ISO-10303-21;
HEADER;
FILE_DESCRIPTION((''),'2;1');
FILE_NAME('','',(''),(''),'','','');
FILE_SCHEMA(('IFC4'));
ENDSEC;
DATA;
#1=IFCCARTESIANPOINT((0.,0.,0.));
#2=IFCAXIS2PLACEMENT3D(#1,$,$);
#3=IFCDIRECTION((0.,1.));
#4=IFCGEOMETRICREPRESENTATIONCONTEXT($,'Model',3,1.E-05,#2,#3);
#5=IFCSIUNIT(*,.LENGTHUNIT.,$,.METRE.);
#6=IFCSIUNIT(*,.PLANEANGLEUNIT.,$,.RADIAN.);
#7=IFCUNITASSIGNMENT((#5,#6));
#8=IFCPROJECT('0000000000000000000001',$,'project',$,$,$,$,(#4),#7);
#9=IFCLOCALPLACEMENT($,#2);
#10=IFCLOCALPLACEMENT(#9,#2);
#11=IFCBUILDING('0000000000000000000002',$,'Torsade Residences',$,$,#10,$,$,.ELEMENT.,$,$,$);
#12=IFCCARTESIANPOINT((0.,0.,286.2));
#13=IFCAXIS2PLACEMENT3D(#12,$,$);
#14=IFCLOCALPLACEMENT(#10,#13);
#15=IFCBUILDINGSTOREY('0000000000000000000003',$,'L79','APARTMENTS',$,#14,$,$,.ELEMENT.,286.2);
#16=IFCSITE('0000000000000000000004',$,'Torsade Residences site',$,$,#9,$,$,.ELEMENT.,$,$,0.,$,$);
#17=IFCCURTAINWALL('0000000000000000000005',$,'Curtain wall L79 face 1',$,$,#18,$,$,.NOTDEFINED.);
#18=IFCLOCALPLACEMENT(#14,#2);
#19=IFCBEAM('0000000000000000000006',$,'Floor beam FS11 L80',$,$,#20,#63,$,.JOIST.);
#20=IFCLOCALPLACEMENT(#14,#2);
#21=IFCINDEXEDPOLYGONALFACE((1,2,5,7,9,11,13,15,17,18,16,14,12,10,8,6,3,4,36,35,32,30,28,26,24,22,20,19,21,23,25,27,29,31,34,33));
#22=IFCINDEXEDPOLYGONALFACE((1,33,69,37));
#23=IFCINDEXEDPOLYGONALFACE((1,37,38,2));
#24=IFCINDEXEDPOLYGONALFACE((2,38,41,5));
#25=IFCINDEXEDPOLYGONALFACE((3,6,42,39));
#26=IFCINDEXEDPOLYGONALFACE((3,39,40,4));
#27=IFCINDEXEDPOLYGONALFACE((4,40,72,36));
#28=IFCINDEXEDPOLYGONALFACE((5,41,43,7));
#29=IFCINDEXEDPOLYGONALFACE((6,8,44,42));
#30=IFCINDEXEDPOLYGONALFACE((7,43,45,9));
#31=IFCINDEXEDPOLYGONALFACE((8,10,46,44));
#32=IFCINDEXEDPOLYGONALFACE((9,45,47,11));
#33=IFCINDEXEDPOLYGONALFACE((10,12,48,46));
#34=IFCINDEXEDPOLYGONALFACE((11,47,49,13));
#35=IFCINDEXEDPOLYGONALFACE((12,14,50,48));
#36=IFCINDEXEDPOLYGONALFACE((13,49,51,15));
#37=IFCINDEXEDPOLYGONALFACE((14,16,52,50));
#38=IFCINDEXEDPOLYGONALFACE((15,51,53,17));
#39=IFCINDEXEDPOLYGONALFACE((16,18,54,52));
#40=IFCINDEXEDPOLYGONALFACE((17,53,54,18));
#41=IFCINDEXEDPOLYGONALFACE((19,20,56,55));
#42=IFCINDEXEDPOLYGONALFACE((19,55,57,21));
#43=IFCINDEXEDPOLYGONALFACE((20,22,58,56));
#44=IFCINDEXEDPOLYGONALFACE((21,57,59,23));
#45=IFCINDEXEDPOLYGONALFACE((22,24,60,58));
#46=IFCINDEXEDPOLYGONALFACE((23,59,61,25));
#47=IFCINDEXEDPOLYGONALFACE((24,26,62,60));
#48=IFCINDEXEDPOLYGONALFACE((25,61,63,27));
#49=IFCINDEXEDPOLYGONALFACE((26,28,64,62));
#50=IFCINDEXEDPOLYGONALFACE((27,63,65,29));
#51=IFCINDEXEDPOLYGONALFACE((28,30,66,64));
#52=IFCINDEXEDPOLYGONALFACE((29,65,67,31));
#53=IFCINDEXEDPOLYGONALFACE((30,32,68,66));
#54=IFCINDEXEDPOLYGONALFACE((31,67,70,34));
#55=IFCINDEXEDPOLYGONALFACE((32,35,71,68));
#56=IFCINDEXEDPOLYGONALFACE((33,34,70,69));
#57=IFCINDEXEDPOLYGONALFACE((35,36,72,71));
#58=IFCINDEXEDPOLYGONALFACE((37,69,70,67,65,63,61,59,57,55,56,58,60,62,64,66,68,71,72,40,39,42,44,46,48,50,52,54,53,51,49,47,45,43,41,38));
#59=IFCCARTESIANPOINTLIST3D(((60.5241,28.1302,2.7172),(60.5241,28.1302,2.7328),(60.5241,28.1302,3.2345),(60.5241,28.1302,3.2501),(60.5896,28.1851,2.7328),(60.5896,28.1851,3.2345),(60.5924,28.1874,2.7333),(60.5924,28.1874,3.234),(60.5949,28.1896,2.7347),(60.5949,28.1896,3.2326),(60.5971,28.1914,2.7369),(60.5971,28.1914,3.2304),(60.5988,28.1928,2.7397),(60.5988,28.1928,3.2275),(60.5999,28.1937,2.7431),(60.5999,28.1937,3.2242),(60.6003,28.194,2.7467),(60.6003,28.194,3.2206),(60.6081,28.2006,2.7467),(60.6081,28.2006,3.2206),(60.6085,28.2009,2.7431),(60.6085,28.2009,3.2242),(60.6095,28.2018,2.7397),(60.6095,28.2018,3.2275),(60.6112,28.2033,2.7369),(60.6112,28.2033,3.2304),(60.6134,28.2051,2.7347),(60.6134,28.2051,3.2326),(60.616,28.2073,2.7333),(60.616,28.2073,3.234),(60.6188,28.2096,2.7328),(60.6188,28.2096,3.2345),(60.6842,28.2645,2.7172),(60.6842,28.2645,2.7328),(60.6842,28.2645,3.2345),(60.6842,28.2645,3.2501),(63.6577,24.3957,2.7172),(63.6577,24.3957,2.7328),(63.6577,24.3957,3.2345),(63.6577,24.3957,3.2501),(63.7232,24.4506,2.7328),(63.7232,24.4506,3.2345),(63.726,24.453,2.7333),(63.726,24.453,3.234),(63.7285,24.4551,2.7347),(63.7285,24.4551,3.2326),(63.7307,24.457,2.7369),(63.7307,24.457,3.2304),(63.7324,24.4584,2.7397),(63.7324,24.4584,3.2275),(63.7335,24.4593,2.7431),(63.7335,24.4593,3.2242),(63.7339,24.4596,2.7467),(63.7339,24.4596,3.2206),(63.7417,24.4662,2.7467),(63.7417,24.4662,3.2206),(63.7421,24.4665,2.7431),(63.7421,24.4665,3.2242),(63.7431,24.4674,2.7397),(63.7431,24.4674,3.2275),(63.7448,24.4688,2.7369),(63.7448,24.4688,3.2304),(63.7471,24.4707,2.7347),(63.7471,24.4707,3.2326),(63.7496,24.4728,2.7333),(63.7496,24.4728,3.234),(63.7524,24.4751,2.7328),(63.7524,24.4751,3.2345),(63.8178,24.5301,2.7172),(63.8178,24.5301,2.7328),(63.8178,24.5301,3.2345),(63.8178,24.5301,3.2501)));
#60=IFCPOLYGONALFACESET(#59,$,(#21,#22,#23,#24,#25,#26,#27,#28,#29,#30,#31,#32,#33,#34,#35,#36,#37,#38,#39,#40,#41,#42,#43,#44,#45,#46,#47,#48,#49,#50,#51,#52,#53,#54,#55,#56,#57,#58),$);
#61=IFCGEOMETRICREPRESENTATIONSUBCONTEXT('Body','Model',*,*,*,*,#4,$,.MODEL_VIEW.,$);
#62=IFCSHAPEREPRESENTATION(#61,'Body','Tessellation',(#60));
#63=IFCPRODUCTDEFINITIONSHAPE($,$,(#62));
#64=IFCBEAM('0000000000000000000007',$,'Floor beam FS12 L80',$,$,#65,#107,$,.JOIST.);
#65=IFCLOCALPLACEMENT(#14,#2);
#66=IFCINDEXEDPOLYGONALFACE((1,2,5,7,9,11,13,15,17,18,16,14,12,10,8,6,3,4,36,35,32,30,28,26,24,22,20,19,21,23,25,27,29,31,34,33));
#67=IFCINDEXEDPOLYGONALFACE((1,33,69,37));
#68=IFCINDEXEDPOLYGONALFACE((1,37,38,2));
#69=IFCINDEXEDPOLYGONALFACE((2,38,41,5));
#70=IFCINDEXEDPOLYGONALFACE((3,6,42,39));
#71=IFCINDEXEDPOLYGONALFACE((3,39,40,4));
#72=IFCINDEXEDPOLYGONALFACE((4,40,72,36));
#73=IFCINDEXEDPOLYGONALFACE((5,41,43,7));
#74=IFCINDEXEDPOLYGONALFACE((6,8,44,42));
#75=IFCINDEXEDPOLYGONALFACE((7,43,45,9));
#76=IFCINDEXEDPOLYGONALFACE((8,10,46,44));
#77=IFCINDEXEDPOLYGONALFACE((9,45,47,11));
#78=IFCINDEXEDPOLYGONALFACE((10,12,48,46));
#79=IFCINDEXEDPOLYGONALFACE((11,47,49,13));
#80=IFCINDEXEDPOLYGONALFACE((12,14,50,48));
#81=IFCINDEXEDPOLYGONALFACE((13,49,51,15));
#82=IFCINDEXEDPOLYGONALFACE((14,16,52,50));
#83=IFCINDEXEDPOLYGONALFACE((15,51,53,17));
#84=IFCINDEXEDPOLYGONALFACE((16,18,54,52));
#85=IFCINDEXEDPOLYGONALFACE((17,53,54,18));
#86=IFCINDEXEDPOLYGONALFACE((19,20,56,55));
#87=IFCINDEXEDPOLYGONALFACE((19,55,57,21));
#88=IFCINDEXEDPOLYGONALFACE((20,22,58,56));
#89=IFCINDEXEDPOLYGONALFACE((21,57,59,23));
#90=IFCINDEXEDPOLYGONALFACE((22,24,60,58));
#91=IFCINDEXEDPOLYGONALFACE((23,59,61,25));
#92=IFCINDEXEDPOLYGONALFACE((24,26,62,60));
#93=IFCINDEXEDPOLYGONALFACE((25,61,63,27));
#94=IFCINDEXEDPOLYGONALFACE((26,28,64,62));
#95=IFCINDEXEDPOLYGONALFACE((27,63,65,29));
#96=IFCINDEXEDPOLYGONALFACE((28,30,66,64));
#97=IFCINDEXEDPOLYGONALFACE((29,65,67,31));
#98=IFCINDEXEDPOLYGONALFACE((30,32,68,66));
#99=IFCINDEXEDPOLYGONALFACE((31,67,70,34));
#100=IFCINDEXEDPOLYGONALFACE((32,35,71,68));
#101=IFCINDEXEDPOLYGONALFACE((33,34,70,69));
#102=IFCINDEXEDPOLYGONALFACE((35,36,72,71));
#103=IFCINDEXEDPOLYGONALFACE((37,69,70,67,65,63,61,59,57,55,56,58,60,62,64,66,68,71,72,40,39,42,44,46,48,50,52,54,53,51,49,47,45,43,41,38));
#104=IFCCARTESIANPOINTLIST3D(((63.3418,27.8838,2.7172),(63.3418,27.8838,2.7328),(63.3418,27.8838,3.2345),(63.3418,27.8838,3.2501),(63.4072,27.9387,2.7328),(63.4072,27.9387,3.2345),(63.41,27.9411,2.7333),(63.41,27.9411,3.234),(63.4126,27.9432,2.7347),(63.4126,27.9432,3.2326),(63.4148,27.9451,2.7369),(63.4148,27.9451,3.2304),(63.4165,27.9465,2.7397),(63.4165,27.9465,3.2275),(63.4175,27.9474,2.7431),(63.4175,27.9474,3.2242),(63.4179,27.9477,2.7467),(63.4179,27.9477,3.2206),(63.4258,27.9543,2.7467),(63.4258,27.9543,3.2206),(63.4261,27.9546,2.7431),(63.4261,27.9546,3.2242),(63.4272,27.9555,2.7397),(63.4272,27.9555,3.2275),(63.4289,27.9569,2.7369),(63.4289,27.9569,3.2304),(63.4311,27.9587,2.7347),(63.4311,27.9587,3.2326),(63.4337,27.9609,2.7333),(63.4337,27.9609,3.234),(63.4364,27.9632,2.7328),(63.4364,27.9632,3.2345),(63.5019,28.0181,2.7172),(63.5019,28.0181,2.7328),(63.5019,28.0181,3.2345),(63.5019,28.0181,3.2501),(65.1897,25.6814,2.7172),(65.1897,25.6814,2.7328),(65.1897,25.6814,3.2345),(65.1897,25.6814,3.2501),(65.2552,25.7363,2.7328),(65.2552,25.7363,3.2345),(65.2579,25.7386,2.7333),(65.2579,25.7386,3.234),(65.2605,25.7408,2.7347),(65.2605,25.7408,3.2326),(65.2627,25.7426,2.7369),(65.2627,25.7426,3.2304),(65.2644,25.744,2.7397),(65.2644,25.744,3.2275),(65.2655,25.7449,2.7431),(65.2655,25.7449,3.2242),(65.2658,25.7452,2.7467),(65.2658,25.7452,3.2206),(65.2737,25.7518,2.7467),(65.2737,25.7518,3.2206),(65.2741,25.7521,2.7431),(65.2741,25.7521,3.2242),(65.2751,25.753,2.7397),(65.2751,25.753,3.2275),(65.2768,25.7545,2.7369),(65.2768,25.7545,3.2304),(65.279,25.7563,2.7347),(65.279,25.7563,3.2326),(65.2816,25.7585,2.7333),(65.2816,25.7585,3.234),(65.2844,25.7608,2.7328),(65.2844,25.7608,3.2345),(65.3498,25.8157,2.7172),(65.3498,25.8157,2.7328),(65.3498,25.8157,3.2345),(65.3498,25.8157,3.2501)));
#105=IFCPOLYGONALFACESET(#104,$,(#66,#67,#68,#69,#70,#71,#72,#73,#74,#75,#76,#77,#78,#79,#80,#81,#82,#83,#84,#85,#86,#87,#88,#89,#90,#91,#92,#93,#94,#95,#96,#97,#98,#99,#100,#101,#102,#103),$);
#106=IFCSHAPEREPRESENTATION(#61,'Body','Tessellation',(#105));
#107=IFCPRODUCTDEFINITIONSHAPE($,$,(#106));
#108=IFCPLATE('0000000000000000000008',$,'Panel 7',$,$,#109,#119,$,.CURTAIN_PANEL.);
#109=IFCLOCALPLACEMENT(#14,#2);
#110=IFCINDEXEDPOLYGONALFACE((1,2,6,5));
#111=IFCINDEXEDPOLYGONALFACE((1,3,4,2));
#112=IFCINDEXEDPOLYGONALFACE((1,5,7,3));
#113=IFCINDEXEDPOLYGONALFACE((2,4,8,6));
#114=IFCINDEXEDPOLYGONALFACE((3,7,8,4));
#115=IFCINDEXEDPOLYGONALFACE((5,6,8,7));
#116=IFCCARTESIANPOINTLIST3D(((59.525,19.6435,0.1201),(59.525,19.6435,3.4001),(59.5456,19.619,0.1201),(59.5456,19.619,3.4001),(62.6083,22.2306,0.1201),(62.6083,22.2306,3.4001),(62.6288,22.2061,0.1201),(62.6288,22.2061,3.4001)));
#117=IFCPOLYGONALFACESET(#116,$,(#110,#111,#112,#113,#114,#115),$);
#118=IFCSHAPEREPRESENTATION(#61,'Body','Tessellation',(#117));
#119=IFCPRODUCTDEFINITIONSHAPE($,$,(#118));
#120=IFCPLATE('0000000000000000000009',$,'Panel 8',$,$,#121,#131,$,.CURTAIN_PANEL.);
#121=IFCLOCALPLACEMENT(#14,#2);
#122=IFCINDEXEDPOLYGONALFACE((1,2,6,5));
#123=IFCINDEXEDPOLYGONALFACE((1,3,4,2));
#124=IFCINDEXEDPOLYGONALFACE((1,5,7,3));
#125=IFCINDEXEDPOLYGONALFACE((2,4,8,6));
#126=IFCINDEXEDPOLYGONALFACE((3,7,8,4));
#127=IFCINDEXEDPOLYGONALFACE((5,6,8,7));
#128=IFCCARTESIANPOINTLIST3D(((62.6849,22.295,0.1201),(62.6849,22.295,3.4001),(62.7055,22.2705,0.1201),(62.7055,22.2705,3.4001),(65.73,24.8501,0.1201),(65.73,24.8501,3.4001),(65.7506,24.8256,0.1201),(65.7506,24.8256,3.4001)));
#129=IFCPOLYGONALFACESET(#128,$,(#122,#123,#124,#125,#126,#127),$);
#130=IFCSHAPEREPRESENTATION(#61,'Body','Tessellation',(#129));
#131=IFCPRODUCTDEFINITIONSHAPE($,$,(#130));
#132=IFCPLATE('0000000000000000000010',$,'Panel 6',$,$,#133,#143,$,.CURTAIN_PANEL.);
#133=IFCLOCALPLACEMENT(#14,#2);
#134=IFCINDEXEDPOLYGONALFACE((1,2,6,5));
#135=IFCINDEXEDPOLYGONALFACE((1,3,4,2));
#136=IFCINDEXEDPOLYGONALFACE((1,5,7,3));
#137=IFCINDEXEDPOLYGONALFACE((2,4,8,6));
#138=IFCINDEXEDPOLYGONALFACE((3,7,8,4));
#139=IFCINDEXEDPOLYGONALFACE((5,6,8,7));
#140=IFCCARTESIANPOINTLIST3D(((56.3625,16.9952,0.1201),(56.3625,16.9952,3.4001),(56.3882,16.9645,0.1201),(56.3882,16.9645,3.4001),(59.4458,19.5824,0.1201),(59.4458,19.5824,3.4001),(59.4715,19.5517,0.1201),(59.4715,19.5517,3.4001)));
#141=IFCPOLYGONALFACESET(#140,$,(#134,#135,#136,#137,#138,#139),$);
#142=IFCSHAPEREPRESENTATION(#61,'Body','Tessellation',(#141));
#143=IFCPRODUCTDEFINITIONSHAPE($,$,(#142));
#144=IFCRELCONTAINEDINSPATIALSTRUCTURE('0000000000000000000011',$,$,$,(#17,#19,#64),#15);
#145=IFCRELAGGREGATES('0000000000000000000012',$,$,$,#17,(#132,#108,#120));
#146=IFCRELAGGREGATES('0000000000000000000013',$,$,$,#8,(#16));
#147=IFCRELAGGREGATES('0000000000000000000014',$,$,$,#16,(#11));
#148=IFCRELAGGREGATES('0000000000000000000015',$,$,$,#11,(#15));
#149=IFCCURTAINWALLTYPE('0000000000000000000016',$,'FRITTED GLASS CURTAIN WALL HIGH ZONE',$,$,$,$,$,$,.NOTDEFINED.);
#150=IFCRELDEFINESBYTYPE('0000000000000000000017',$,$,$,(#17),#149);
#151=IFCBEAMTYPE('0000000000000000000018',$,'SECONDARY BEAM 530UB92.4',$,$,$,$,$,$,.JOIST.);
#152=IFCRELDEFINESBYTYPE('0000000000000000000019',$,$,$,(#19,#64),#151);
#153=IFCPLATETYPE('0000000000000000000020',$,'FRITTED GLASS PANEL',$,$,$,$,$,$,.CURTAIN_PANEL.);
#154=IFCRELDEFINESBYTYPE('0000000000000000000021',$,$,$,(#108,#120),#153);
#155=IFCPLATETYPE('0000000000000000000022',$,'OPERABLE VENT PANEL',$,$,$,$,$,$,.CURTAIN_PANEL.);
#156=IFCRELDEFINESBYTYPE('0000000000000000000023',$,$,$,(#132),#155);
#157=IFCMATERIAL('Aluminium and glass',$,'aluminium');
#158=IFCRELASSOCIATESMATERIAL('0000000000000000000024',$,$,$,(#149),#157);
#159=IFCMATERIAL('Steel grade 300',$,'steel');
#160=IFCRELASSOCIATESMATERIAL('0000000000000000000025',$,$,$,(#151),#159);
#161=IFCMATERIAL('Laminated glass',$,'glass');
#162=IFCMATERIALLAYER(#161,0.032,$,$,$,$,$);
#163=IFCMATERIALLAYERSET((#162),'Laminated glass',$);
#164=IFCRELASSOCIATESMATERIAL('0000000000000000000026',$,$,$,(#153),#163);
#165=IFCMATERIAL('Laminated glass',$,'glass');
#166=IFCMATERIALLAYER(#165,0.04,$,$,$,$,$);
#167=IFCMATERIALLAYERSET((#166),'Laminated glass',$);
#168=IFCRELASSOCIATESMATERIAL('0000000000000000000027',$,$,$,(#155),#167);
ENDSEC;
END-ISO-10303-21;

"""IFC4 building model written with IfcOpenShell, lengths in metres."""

from ifc_helpers import new_model, si_unit, direction, frame, origin, origin_2d, place, context, subcontext, project, spatial, rectangle, i_section, extrude, material, layer, layer_set, material_profile, profile_set, type_object, element, aggregate, save


model = new_model("IFC4")

# Units and contexts
model_context = context("Model", 3, precision=1e-05, world=origin(), true_north=direction((0.0, 1.0)))
body_context = subcontext(model_context, "Body", "Model", "MODEL_VIEW")
ifc_project = project(units=[si_unit("LENGTHUNIT", "METRE"), si_unit("PLANEANGLEUNIT", "RADIAN")], contexts=[model_context])

# Site, building, storey
site_placement = place(None, origin())
site = spatial("IfcSite", under=ifc_project, at=site_placement, Name="Torsade Residences site", CompositionType="ELEMENT", RefElevation=0.0)
building_placement = place(site_placement, origin())
building = spatial("IfcBuilding", under=site, at=building_placement, Name="Torsade Residences", CompositionType="ELEMENT")
storey_placement = place(building_placement, frame((0.0, 0.0, 286.2)))
storey = spatial("IfcBuildingStorey", under=building, at=storey_placement, Name="L79", Description="APARTMENTS", CompositionType="ELEMENT", Elevation=286.2)

# Curtain wall
ifc_material_1 = material(Name="Aluminium and glass", Category="aluminium")
curtain_wall_type = type_object("IfcCurtainWallType", Name="FRITTED GLASS CURTAIN WALL HIGH ZONE", PredefinedType="NOTDEFINED", material=ifc_material_1)
curtain_wall_placement = place(storey_placement, origin())
curtain_wall = element("IfcCurtainWall", 1, at=curtain_wall_placement, inside=storey, type_object=curtain_wall_type, Name="Curtain wall L79 face 1", PredefinedType="NOTDEFINED")

# Beams
ifc_material_2 = material(Name="Steel grade 300", Category="steel")
ifc_material_profile_1 = material_profile(ifc_material_2, i_section(OverallWidth=0.209, OverallDepth=0.533, WebThickness=0.0103, FlangeThickness=0.0156, FilletRadius=0.0139, at=origin_2d()), Name="530UB92.4")
ifc_profile_set_1 = profile_set([ifc_material_profile_1], Name="Steel grade 300")
beam_type_1 = type_object("IfcBeamType", Name="SECONDARY BEAM 530UB92.4", PredefinedType="JOIST", material=ifc_profile_set_1)
beam_1_placement = place(storey_placement, frame((63.7378, 24.4629, 2.9836), z_axis=(-0.642791, 0.766041, 0.0), x_axis=(-0.766041, -0.642791, 0.0)))
element("IfcBeam", 2, at=beam_1_placement, inside=storey, type_object=beam_type_1, Name="Floor beam FS11 L80", PredefinedType="JOIST", context=body_context, shape_type="SweptSolid", body=[
    extrude(i_section(OverallWidth=0.209, OverallDepth=0.533, WebThickness=0.0103, FlangeThickness=0.0156, FilletRadius=0.0139, at=origin_2d()), origin(), (0.0, 0.0, 1.0), 4.875),
])
beam_2_placement = place(storey_placement, frame((65.2698, 25.7485, 2.9836), z_axis=(-0.642762, 0.766066, 0.0), x_axis=(-0.766066, -0.642762, 0.0)))
element("IfcBeam", 3, at=beam_2_placement, inside=storey, type_object=beam_type_1, Name="Floor beam FS12 L80", PredefinedType="JOIST", context=body_context, shape_type="SweptSolid", body=[
    extrude(i_section(OverallWidth=0.209, OverallDepth=0.533, WebThickness=0.0103, FlangeThickness=0.0156, FilletRadius=0.0139, at=origin_2d()), origin(), (0.0, 0.0, 1.0), 2.875),
])

# Plates
ifc_material_3 = material(Name="Laminated glass", Category="glass")
ifc_layer_1 = layer(ifc_material_3, 0.032)
ifc_layer_set_1 = layer_set([ifc_layer_1], Name="Laminated glass")
plate_type_1 = type_object("IfcPlateType", Name="FRITTED GLASS PANEL", PredefinedType="CURTAIN_PANEL", material=ifc_layer_set_1)
plate_1_placement = place(storey_placement, frame((61.0769, 20.9248, 0.1201), z_axis=(0.0, 0.0, 1.0), x_axis=(0.766044, 0.642788, 0.0)))
plate_1 = element("IfcPlate", 4, at=plate_1_placement, type_object=plate_type_1, Name="Panel 7", PredefinedType="CURTAIN_PANEL", context=body_context, shape_type="SweptSolid", body=[
    extrude(rectangle(XDim=4.0249, YDim=0.032, at=origin_2d()), origin(), (0.0, 0.0, 1.0), 3.28),
])
plate_2_placement = place(storey_placement, frame((64.2178, 23.5603, 0.1201), z_axis=(0.0, 0.0, 1.0), x_axis=(0.766044, 0.642788, 0.0)))
plate_2 = element("IfcPlate", 5, at=plate_2_placement, type_object=plate_type_1, Name="Panel 8", PredefinedType="CURTAIN_PANEL", context=body_context, shape_type="SweptSolid", body=[
    extrude(rectangle(XDim=3.9751, YDim=0.032, at=origin_2d()), origin(), (0.0, 0.0, 1.0), 3.28),
])
ifc_material_4 = material(Name="Laminated glass", Category="glass")
ifc_layer_2 = layer(ifc_material_4, 0.04)
ifc_layer_set_2 = layer_set([ifc_layer_2], Name="Laminated glass")
plate_type_2 = type_object("IfcPlateType", Name="OPERABLE VENT PANEL", PredefinedType="CURTAIN_PANEL", material=ifc_layer_set_2)
plate_3_placement = place(storey_placement, frame((57.917, 18.2734, 0.1201), z_axis=(0.0, 0.0, 1.0), x_axis=(0.766044, 0.642788, 0.0)))
plate_3 = element("IfcPlate", 6, at=plate_3_placement, type_object=plate_type_2, Name="Panel 6", PredefinedType="CURTAIN_PANEL", context=body_context, shape_type="SweptSolid", body=[
    extrude(rectangle(XDim=4.0249, YDim=0.04, at=origin_2d()), origin(), (0.0, 0.0, 1.0), 3.28),
])
aggregate(curtain_wall, [plate_3, plate_1, plate_2])

save(model, "model.ifc")
